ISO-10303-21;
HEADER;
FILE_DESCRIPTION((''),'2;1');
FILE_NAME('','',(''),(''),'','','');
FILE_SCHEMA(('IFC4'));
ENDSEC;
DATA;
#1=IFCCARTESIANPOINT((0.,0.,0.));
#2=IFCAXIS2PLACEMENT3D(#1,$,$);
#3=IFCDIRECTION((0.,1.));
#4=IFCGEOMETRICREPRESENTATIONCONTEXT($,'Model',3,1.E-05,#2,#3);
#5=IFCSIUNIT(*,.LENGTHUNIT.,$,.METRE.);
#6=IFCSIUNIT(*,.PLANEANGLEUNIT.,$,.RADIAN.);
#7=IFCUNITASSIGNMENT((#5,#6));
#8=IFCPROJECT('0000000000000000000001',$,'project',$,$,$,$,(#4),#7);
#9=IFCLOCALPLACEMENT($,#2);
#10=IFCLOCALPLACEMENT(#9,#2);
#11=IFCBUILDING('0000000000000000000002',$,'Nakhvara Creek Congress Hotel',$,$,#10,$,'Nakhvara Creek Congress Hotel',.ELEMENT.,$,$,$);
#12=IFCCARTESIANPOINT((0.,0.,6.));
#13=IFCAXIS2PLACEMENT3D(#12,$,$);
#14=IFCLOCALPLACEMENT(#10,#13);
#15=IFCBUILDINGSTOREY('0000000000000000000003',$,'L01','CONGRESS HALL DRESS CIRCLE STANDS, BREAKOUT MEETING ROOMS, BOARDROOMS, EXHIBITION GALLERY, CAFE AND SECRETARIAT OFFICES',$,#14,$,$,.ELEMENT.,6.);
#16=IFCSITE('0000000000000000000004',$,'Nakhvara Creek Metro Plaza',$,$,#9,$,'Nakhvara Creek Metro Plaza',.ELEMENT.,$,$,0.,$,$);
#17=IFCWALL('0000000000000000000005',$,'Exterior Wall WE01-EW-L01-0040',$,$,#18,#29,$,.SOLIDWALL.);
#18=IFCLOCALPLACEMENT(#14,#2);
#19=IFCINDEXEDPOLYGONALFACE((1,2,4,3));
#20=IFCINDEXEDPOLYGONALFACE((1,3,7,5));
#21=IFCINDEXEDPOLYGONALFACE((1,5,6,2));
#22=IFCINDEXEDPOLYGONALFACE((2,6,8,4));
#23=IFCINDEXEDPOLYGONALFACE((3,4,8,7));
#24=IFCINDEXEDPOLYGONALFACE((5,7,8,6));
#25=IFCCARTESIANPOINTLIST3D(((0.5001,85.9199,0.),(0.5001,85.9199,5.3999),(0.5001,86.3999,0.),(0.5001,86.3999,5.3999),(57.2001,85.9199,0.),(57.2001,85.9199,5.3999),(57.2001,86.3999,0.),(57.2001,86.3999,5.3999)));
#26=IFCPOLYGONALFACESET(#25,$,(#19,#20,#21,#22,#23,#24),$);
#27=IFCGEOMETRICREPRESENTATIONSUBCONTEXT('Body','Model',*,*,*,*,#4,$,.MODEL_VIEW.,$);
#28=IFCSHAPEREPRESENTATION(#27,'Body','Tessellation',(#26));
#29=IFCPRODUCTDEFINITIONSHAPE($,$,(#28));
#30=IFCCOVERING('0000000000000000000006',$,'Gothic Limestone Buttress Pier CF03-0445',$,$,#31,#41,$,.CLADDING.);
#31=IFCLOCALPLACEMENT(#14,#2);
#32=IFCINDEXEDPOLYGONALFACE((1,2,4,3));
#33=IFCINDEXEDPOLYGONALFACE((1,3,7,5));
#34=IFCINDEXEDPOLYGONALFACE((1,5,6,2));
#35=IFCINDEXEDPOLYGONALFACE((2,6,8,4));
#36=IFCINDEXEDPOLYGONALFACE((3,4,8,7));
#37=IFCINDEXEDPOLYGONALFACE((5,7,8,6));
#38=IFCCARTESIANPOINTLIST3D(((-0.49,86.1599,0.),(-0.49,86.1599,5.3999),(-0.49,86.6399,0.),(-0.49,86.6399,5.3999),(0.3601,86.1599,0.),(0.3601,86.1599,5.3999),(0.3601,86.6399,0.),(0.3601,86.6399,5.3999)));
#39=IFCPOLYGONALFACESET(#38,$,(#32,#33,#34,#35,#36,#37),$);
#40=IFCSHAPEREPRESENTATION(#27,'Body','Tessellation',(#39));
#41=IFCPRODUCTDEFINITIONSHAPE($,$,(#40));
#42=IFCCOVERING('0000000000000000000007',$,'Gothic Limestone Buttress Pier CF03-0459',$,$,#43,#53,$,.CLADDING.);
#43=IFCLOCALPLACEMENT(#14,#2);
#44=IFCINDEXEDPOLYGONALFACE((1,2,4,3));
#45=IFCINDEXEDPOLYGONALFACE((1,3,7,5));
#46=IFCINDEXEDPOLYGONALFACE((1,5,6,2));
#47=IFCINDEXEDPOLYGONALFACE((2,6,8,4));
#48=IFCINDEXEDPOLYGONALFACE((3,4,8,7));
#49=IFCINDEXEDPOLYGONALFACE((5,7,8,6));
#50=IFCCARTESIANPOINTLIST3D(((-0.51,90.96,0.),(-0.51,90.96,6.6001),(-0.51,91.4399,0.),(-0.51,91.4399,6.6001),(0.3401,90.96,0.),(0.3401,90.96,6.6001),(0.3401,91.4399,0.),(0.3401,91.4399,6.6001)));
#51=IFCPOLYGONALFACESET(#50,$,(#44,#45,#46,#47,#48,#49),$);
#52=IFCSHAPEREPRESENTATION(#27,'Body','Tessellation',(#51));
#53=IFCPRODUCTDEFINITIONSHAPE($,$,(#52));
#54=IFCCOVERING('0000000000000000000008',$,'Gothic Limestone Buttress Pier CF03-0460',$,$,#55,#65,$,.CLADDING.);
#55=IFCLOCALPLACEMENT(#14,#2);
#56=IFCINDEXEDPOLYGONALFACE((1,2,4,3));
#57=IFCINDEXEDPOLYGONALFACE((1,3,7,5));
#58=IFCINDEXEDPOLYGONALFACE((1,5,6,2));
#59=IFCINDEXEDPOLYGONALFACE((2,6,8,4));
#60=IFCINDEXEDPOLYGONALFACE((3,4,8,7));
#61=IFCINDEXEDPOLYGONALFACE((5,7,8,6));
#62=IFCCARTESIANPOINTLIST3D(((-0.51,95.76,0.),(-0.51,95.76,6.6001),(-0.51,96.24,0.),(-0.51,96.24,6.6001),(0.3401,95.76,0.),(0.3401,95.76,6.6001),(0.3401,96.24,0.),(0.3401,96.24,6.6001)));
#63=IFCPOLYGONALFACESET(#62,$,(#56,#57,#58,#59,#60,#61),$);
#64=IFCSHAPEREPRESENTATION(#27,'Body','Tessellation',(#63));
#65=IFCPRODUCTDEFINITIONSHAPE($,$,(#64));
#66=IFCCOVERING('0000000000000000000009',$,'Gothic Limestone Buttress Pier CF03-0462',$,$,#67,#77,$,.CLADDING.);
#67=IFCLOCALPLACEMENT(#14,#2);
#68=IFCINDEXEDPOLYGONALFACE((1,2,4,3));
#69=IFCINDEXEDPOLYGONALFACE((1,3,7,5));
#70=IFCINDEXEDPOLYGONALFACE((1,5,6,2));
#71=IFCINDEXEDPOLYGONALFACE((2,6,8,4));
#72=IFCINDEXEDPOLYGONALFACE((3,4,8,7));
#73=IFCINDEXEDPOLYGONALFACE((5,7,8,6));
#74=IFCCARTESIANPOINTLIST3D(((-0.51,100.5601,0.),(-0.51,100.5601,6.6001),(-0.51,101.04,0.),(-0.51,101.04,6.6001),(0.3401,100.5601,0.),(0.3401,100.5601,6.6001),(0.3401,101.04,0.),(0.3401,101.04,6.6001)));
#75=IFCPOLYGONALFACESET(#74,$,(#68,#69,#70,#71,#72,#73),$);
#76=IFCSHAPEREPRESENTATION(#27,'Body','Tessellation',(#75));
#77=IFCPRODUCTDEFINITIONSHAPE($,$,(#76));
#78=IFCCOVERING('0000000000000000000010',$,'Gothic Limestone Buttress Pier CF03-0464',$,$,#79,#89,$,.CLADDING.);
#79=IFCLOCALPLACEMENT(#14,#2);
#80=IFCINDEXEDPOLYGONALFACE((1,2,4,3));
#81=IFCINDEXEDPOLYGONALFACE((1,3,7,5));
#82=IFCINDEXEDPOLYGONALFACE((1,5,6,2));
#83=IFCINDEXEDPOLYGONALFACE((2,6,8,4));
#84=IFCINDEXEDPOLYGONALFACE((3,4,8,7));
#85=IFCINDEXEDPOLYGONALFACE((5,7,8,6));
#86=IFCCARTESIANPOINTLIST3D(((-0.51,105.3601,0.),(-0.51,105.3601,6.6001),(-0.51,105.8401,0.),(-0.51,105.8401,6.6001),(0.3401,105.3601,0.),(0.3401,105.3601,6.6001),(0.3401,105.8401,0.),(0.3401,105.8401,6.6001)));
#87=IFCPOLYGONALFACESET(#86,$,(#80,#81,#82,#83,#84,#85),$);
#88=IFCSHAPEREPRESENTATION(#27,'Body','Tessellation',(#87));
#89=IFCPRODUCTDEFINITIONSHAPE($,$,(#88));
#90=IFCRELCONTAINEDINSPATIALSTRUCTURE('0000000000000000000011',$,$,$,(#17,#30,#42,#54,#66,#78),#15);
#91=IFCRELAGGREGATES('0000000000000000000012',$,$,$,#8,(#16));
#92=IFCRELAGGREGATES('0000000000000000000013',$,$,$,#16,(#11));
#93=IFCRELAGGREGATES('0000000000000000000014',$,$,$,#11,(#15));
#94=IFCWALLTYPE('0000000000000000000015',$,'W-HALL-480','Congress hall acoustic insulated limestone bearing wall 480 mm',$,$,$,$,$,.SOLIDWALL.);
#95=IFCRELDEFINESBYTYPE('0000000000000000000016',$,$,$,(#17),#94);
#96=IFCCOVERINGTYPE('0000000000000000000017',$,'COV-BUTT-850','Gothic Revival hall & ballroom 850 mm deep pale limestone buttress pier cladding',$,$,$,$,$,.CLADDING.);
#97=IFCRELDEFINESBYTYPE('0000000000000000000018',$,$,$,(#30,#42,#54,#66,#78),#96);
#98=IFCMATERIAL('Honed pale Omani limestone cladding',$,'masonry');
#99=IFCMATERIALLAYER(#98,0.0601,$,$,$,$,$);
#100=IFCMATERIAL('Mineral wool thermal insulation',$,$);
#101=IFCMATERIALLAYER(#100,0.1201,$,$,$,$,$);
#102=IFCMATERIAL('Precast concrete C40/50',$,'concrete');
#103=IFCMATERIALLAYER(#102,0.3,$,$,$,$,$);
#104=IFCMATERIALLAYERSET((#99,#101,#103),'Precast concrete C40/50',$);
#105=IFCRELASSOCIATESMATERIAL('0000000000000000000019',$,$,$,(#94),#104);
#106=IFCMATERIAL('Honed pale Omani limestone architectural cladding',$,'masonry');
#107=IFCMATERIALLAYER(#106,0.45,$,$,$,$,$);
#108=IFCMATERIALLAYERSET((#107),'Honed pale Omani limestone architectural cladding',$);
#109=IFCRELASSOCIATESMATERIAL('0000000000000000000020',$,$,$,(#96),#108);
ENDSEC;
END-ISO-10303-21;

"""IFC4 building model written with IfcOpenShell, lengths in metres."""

from ifc_helpers import new_model, si_unit, direction, frame, frame_2d, origin, origin_2d, place, context, subcontext, project, spatial, rectangle, extrude, material, layer, layer_set, type_object, element, save


model = new_model("IFC4")

# Units and contexts
model_context = context("Model", 3, precision=1e-05, world=origin(), true_north=direction((0.0, 1.0)))
body_context = subcontext(model_context, "Body", "Model", "MODEL_VIEW")
ifc_project = project(units=[si_unit("LENGTHUNIT", "METRE"), si_unit("PLANEANGLEUNIT", "RADIAN")], contexts=[model_context])

# Site, building, storey
site_placement = place(None, origin())
site = spatial("IfcSite", under=ifc_project, at=site_placement, Name="Nakhvara Creek Metro Plaza", LongName="Nakhvara Creek Metro Plaza", CompositionType="ELEMENT", RefElevation=0.0)
building_placement = place(site_placement, origin())
building = spatial("IfcBuilding", under=site, at=building_placement, Name="Nakhvara Creek Congress Hotel", LongName="Nakhvara Creek Congress Hotel", CompositionType="ELEMENT")
storey_placement = place(building_placement, frame((0.0, 0.0, 6.0)))
storey = spatial("IfcBuildingStorey", under=building, at=storey_placement, Name="L01", Description="CONGRESS HALL DRESS CIRCLE STANDS, BREAKOUT MEETING ROOMS, BOARDROOMS, EXHIBITION GALLERY, CAFE AND SECRETARIAT OFFICES", CompositionType="ELEMENT", Elevation=6.0)

# Shared definitions
ifc_material_1 = material(Name="Honed pale Omani limestone cladding", Category="masonry")
ifc_material_2 = material(Name="Mineral wool thermal insulation")
ifc_material_3 = material(Name="Precast concrete C40/50", Category="concrete")

# Wall
ifc_layer_1 = layer(ifc_material_1, 0.0601)
ifc_layer_2 = layer(ifc_material_2, 0.1201)
ifc_layer_3 = layer(ifc_material_3, 0.3)
ifc_layer_set_1 = layer_set([ifc_layer_1, ifc_layer_2, ifc_layer_3], Name="Precast concrete C40/50")
wall_type_1 = type_object("IfcWallType", Name="W-HALL-480", Description="Congress hall acoustic insulated limestone bearing wall 480 mm", PredefinedType="SOLIDWALL", material=ifc_layer_set_1)
wall_1_placement = place(storey_placement, frame((0.5, 86.1599, 0.0), z_axis=(0.0, 0.0, 1.0), x_axis=(1.0, 0.0, 0.0)))
element("IfcWall", 1, at=wall_1_placement, inside=storey, type_object=wall_type_1, Name="Exterior Wall WE01-EW-L01-0040", PredefinedType="SOLIDWALL", context=body_context, shape_type="SweptSolid", body=[
    extrude(rectangle(XDim=56.7, YDim=0.48, at=frame_2d((28.3501, 0.0))), origin(), (0.0, 0.0, 1.0), 5.3999),
])

# Coverings
ifc_material_4 = material(Name="Honed pale Omani limestone architectural cladding", Category="masonry")
ifc_layer_4 = layer(ifc_material_4, 0.45)
ifc_layer_set_2 = layer_set([ifc_layer_4], Name="Honed pale Omani limestone architectural cladding")
covering_type = type_object("IfcCoveringType", Name="COV-BUTT-850", Description="Gothic Revival hall & ballroom 850 mm deep pale limestone buttress pier cladding", PredefinedType="CLADDING", material=ifc_layer_set_2)
covering_placement = place(storey_placement, frame((-0.0649, 86.3999, 0.0), z_axis=(0.0, 0.0, 1.0), x_axis=(0.0, 1.0, 0.0)))
element("IfcCovering", 2, at=covering_placement, inside=storey, type_object=covering_type, Name="Gothic Limestone Buttress Pier CF03-0445", PredefinedType="CLADDING", context=body_context, shape_type="SweptSolid", body=[
    extrude(rectangle(XDim=0.48, YDim=0.8501, at=origin_2d()), origin(), (0.0, 0.0, 1.0), 5.3999),
])
for number, where, z_axis, x_axis, name in (
    (3, (-0.085, 91.2, 0.0), (0.0, 0.0, 1.0), (0.0, 1.0, 0.0), "Gothic Limestone Buttress Pier CF03-0459"),
    (4, (-0.085, 96.0, 0.0), (0.0, 0.0, 1.0), (0.0, 1.0, 0.0), "Gothic Limestone Buttress Pier CF03-0460"),
    (5, (-0.085, 100.8, 0.0), (0.0, 0.0, 1.0), (0.0, 1.0, 0.0), "Gothic Limestone Buttress Pier CF03-0462"),
    (6, (-0.085, 105.6001, 0.0), (0.0, 0.0, 1.0), (0.0, 1.0, 0.0), "Gothic Limestone Buttress Pier CF03-0464"),
):
    element("IfcCovering", number, at=place(storey_placement, frame(where, z_axis=z_axis, x_axis=x_axis)), inside=storey, type_object=covering_type, Name=name, PredefinedType="CLADDING", context=body_context, shape_type="SweptSolid", body=[
        extrude(rectangle(XDim=0.48, YDim=0.8501, at=origin_2d()), origin(), (0.0, 0.0, 1.0), 6.6001),
    ])

save(model, "model.ifc")
